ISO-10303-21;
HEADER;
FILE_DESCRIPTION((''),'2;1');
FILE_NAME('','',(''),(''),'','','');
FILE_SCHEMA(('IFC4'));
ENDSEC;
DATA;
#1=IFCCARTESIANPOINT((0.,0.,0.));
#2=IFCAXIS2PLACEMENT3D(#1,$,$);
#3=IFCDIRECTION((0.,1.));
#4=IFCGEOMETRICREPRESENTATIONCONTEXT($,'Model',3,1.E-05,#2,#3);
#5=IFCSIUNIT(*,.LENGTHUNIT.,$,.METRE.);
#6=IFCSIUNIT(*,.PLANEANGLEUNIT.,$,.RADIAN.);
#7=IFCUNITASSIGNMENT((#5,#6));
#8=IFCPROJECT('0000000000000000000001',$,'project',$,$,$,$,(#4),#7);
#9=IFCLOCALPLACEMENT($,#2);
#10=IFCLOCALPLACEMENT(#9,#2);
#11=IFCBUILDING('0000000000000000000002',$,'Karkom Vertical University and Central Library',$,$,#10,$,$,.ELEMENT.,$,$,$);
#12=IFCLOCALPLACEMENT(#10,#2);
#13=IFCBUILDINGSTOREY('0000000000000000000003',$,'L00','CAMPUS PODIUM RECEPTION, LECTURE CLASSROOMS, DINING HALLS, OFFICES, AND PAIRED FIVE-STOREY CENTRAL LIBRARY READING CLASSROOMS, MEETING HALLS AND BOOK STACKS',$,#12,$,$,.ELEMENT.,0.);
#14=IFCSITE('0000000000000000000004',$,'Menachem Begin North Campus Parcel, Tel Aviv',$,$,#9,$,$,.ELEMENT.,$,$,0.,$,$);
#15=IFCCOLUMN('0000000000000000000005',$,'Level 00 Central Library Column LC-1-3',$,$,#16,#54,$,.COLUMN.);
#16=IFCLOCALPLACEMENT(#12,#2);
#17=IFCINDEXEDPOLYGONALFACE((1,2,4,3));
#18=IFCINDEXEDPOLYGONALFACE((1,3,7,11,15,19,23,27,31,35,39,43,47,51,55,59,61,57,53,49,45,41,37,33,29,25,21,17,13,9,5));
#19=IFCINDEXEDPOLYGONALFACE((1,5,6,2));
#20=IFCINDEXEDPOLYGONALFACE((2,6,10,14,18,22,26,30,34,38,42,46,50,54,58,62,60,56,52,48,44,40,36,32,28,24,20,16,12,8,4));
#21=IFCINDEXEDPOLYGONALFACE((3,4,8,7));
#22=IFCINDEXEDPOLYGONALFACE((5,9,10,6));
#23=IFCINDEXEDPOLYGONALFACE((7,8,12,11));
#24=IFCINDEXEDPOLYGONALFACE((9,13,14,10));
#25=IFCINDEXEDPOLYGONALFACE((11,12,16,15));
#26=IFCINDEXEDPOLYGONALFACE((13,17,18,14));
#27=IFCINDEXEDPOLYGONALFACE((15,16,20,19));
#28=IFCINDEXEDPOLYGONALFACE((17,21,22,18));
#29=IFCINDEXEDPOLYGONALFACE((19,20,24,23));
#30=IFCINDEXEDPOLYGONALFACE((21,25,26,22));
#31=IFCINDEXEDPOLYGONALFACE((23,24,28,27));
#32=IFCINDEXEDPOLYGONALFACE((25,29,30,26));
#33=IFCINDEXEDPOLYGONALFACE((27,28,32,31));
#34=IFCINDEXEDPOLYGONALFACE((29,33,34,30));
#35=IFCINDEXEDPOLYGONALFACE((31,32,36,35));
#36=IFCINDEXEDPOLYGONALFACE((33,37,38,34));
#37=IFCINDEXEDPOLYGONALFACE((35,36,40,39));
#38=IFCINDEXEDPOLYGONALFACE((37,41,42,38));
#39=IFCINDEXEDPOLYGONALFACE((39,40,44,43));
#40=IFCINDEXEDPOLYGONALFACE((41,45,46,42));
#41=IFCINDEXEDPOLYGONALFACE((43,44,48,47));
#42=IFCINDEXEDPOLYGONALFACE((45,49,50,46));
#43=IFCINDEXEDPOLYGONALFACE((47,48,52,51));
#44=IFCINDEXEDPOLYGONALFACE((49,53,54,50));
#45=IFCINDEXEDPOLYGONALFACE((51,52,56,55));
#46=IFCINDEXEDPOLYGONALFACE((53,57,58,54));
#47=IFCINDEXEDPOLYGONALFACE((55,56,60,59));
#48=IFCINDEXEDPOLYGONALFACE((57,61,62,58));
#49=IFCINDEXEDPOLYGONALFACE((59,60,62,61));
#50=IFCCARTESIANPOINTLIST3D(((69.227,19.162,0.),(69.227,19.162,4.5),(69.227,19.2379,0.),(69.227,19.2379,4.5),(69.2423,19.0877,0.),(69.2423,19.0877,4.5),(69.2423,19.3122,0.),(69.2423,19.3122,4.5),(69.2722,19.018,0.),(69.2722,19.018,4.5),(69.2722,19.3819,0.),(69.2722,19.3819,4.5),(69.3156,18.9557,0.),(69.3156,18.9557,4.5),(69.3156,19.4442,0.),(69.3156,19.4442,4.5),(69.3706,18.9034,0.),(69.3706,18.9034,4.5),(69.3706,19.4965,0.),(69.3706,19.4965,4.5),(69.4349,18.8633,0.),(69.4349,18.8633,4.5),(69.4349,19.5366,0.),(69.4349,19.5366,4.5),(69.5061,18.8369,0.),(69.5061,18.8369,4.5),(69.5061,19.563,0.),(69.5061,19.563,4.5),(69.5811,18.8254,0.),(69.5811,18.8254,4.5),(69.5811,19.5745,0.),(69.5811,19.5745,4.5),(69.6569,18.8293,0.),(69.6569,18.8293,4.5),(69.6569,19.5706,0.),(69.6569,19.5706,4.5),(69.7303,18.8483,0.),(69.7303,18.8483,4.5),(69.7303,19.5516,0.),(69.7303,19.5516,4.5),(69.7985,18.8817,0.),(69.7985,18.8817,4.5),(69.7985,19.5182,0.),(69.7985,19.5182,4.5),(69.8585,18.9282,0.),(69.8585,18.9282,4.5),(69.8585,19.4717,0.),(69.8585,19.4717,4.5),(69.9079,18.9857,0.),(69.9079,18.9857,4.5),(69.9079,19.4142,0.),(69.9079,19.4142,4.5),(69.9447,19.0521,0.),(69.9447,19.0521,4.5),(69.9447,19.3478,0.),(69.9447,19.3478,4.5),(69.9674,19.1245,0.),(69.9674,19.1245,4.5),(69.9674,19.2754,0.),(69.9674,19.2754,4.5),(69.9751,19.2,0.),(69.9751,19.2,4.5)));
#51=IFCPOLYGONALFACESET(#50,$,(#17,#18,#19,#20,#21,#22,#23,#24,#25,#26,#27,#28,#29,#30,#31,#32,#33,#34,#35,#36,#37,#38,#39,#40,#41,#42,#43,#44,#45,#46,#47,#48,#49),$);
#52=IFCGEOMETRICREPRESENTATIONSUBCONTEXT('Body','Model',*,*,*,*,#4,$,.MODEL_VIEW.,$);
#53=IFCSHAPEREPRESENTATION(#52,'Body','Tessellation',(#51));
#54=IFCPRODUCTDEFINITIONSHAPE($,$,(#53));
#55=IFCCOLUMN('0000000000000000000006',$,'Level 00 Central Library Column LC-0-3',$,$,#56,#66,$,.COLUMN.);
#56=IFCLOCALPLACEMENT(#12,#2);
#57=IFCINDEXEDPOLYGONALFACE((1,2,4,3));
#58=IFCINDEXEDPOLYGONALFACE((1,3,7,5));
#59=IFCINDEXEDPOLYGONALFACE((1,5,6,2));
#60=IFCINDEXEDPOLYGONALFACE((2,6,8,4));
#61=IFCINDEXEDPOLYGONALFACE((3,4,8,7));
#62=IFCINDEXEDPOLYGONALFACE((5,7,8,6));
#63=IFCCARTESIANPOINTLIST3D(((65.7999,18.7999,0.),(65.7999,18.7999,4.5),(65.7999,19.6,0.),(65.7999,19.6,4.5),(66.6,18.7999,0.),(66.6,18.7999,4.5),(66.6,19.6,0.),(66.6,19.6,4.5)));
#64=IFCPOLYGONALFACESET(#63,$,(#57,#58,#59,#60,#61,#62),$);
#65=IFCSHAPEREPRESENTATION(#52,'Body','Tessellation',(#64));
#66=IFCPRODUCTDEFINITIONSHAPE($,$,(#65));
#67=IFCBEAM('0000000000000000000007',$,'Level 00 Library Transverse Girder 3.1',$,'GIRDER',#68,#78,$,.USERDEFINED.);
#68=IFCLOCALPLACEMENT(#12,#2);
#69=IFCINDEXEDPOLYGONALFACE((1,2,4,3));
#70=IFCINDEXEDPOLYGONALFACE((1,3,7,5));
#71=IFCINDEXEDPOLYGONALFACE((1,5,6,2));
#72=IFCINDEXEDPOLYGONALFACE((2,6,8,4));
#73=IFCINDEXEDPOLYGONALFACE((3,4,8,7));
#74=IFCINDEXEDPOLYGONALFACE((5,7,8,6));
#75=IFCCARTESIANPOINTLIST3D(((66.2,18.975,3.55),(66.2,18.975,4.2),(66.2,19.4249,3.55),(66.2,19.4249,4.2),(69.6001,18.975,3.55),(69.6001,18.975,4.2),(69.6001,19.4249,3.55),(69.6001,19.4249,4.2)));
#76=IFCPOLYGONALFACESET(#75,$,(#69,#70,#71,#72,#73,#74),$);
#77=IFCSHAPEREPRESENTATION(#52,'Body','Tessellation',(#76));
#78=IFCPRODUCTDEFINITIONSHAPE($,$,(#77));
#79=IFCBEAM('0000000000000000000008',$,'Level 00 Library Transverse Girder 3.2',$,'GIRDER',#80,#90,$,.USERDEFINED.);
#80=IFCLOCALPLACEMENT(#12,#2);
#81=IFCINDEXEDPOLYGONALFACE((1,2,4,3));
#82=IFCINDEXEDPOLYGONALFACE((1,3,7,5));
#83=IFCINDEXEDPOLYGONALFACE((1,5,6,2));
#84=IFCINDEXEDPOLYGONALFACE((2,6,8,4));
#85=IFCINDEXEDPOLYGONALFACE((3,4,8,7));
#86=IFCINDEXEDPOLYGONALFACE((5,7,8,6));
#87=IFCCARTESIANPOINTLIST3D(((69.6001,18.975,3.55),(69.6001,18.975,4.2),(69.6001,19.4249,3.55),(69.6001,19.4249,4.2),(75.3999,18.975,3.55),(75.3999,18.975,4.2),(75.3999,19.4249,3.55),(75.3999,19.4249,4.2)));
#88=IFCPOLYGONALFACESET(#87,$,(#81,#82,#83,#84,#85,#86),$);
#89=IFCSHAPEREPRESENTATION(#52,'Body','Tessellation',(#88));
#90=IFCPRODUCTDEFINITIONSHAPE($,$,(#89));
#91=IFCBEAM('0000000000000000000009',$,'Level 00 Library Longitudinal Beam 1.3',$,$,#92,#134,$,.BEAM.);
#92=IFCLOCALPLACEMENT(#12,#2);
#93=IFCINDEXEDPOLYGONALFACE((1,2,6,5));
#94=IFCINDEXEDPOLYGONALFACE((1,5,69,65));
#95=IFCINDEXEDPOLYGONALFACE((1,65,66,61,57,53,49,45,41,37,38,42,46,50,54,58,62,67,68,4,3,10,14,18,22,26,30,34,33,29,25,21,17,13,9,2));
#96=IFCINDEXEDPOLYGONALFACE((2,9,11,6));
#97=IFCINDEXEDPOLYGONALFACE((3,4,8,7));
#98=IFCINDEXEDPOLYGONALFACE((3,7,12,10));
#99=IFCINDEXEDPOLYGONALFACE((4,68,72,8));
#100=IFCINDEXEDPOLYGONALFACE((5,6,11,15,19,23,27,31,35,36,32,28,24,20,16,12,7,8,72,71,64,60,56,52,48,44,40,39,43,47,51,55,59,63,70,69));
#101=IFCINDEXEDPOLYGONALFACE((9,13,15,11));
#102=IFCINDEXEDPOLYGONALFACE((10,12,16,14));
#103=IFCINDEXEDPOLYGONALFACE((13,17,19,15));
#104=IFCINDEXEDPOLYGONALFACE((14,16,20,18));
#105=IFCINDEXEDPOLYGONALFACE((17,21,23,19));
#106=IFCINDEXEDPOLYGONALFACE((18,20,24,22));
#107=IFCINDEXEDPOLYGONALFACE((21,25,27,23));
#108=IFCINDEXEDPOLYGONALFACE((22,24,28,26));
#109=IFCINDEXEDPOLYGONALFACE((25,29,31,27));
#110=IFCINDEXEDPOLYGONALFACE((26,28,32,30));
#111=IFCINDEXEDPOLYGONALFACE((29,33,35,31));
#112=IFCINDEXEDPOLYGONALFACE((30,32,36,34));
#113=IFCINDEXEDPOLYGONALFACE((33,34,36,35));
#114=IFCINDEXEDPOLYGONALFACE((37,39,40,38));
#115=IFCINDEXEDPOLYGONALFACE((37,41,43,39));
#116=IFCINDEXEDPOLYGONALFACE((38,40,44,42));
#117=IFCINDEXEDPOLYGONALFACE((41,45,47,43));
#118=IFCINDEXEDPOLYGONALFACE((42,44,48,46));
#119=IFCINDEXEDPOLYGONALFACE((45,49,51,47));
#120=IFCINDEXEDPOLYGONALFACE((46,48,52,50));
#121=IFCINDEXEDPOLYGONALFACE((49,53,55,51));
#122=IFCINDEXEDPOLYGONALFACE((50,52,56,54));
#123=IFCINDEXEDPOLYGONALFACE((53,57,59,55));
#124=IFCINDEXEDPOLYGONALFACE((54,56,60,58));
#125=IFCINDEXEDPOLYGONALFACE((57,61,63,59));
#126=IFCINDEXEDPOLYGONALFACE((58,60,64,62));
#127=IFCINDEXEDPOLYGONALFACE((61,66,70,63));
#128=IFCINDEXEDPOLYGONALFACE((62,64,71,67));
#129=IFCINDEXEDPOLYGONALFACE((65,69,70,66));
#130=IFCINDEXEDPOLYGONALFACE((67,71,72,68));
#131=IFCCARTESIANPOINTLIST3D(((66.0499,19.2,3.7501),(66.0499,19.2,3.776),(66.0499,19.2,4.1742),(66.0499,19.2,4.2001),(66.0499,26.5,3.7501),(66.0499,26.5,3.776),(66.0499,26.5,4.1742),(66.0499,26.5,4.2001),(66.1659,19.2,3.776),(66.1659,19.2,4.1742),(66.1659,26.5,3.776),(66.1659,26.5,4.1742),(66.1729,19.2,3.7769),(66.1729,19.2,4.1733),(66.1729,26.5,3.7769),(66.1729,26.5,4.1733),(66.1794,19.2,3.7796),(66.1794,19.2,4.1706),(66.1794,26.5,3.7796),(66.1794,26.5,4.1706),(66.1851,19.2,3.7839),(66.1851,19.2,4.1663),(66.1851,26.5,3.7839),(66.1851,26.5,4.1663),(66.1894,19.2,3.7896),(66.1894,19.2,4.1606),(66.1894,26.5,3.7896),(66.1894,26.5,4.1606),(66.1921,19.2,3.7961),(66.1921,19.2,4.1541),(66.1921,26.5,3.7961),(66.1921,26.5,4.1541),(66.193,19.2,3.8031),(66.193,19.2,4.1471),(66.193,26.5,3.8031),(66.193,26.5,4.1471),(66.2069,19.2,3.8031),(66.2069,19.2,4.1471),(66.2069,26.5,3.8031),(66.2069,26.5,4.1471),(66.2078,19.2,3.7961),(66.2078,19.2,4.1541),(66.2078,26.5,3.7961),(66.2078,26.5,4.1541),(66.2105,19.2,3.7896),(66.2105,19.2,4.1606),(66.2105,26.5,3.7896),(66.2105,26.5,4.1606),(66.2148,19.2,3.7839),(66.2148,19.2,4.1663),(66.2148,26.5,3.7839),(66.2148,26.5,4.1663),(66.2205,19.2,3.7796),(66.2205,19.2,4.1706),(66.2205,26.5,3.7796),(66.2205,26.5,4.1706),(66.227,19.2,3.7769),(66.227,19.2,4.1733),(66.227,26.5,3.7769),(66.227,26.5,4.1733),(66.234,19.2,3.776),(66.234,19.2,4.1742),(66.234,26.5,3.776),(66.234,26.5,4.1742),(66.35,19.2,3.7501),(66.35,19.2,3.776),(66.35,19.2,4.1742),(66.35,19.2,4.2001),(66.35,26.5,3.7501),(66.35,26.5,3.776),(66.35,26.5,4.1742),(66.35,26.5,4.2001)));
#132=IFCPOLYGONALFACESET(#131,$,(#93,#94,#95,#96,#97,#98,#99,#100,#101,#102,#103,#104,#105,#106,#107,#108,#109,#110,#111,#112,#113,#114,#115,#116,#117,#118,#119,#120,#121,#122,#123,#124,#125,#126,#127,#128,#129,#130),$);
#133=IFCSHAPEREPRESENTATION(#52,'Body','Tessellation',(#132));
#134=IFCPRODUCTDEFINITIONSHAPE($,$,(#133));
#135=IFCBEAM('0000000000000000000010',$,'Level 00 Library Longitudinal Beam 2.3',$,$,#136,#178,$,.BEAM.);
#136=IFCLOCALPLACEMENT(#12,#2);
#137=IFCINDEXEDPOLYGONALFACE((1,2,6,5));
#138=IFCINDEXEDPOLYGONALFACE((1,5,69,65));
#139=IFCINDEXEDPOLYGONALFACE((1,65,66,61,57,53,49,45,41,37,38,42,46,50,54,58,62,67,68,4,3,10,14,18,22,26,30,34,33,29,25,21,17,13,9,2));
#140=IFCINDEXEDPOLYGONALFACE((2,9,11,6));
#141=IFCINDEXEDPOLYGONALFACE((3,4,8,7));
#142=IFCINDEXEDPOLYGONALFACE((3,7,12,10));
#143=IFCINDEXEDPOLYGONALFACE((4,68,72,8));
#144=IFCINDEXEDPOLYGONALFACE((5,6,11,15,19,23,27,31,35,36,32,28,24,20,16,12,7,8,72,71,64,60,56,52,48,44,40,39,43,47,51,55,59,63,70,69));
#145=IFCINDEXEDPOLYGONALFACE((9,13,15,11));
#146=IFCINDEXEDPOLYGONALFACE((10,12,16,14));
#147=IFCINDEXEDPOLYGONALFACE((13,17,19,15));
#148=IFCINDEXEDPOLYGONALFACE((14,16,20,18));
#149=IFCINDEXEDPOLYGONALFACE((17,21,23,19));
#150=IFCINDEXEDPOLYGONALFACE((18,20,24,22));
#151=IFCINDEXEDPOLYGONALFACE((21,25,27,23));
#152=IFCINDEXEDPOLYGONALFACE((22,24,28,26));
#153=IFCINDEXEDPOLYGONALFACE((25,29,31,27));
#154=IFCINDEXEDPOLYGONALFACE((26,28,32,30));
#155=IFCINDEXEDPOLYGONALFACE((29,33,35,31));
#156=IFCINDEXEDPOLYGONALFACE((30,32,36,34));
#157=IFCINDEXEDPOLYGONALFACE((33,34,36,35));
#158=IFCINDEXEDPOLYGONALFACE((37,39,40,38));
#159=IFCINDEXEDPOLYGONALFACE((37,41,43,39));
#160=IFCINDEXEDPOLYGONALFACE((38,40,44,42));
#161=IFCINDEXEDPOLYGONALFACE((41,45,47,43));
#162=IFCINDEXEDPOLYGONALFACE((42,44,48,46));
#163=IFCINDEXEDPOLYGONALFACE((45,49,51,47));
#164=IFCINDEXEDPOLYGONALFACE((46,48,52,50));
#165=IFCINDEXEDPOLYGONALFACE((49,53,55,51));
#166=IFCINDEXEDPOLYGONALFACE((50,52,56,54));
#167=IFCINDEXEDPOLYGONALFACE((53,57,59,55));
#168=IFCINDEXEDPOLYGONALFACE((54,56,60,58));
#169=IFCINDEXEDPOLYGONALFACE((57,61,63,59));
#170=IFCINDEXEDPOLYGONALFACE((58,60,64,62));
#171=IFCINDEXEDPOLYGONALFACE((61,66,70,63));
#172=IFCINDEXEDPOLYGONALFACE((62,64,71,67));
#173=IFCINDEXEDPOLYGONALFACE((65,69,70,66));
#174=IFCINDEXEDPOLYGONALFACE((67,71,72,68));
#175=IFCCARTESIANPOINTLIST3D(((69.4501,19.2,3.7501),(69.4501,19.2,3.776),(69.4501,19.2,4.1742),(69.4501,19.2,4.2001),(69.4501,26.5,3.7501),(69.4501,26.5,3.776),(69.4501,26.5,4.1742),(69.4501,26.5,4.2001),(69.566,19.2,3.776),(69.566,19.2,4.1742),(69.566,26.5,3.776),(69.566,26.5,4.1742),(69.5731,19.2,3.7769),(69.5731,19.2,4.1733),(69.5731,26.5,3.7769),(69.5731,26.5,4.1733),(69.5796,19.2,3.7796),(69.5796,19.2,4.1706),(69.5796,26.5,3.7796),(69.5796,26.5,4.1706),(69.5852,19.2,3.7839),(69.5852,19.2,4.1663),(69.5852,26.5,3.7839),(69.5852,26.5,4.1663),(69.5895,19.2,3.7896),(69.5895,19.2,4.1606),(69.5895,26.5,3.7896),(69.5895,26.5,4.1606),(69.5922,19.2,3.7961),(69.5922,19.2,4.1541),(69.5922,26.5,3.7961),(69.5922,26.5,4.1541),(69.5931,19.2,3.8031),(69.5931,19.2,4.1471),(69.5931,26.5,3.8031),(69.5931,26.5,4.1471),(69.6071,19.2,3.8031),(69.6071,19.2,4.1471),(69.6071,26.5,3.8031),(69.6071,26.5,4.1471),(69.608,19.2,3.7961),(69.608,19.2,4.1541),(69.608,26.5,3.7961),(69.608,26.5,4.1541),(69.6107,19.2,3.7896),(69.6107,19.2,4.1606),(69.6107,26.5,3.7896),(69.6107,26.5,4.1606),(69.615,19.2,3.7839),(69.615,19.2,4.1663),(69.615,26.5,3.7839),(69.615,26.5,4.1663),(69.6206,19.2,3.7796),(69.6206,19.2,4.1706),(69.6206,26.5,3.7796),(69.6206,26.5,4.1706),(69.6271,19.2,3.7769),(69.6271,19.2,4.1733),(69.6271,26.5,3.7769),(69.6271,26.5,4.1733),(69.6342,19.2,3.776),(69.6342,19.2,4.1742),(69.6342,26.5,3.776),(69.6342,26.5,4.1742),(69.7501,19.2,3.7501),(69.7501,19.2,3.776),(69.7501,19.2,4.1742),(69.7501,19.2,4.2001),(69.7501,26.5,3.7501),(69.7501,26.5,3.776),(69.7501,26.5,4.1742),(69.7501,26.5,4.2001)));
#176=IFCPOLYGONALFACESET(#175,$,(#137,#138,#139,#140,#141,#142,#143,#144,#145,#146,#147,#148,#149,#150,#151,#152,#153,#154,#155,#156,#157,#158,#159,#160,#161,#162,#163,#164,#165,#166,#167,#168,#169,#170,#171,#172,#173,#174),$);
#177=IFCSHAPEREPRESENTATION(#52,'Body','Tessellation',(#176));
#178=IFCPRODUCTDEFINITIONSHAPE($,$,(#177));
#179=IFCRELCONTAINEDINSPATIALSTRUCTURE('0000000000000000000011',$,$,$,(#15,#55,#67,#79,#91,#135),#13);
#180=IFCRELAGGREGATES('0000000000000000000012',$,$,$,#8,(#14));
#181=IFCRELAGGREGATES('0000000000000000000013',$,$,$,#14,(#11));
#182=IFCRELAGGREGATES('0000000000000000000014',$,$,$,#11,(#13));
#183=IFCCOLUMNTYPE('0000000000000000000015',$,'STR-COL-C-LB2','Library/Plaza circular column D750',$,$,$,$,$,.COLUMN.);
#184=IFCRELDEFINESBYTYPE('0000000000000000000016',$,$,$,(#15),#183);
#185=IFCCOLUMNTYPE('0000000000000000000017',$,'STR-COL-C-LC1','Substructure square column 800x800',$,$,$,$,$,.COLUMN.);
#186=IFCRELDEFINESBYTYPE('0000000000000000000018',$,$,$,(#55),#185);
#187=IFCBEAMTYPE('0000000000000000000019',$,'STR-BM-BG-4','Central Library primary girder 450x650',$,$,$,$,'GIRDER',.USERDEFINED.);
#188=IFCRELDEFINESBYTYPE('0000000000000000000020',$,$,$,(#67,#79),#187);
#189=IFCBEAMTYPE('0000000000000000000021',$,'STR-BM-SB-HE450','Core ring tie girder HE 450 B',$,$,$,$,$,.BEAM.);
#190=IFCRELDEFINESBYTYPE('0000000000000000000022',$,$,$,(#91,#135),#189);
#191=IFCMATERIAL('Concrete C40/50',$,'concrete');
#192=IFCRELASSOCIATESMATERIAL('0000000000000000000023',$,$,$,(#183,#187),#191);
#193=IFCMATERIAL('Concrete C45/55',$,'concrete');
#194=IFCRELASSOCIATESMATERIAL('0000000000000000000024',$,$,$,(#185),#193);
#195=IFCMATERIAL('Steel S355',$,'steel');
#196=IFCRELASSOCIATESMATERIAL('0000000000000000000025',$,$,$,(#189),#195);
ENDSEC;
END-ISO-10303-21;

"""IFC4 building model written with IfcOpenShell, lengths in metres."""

from ifc_helpers import new_model, si_unit, direction, frame, origin, origin_with_axes, origin_2d, place, context, subcontext, project, spatial, rectangle, circle, i_section, extrude, source, transform, mapped, material, material_profile, profile_set, type_object, element, save


model = new_model("IFC4")

# Units and contexts
model_context = context("Model", 3, precision=1e-05, world=origin(), true_north=direction((0.0, 1.0)))
body_context = subcontext(model_context, "Body", "Model", "MODEL_VIEW")
ifc_project = project(units=[si_unit("LENGTHUNIT", "METRE"), si_unit("PLANEANGLEUNIT", "RADIAN")], contexts=[model_context])

# Site, building, storey
site_placement = place(None, origin())
site = spatial("IfcSite", under=ifc_project, at=site_placement, Name="Menachem Begin North Campus Parcel, Tel Aviv", CompositionType="ELEMENT", RefElevation=0.0)
building_placement = place(site_placement, origin())
building = spatial("IfcBuilding", under=site, at=building_placement, Name="Karkom Vertical University and Central Library", CompositionType="ELEMENT")
storey_placement = place(building_placement, origin())
storey = spatial("IfcBuildingStorey", under=building, at=storey_placement, Name="L00", Description="CAMPUS PODIUM RECEPTION, LECTURE CLASSROOMS, DINING HALLS, OFFICES, AND PAIRED FIVE-STOREY CENTRAL LIBRARY READING CLASSROOMS, MEETING HALLS AND BOOK STACKS", CompositionType="ELEMENT", Elevation=0.0)

# Columns
ifc_material_1 = material(Name="Concrete C40/50", Category="concrete")
ifc_material_profile_1 = material_profile(ifc_material_1, circle(Radius=0.375, at=origin_2d()), Name="RC-D750")
ifc_profile_set_1 = profile_set([ifc_material_profile_1], Name="Concrete C40/50")
column_type_1 = type_object("IfcColumnType", Name="STR-COL-C-LB2", Description="Library/Plaza circular column D750", PredefinedType="COLUMN", material=ifc_profile_set_1)
shared_shape_1 = source(origin_with_axes(), body_context, "Body", "SweptSolid", [
    extrude(circle(Radius=0.375, at=origin_2d()), origin(), (0.0, 0.0, 1.0), 4.5),
])
column_1_placement = place(storey_placement, frame((69.6001, 19.2, 0.0), z_axis=(0.0, 0.0, 1.0), x_axis=(1.0, 0.0, 0.0)))
element("IfcColumn", 1, at=column_1_placement, inside=storey, type_object=column_type_1, Name="Level 00 Central Library Column LC-1-3", PredefinedType="COLUMN", context=body_context, shape_type="MappedRepresentation", body=[
    mapped(shared_shape_1, transform((0.0, 0.0, 0.0), scale=1.0)),
])
ifc_material_2 = material(Name="Concrete C45/55", Category="concrete")
ifc_material_profile_2 = material_profile(ifc_material_2, rectangle(XDim=0.8, YDim=0.8, at=origin_2d()), Name="RC-800x800")
ifc_profile_set_2 = profile_set([ifc_material_profile_2], Name="Concrete C45/55")
column_type_2 = type_object("IfcColumnType", Name="STR-COL-C-LC1", Description="Substructure square column 800x800", PredefinedType="COLUMN", material=ifc_profile_set_2)
shared_shape_2 = source(origin_with_axes(), body_context, "Body", "SweptSolid", [
    extrude(rectangle(XDim=0.8, YDim=0.8, at=origin_2d()), origin(), (0.0, 0.0, 1.0), 4.5),
])
column_2_placement = place(storey_placement, frame((66.2, 19.2, 0.0), z_axis=(0.0, 0.0, 1.0), x_axis=(1.0, 0.0, 0.0)))
element("IfcColumn", 2, at=column_2_placement, inside=storey, type_object=column_type_2, Name="Level 00 Central Library Column LC-0-3", PredefinedType="COLUMN", context=body_context, shape_type="MappedRepresentation", body=[
    mapped(shared_shape_2, transform((0.0, 0.0, 0.0), scale=1.0)),
])

# Beams
ifc_material_profile_3 = material_profile(ifc_material_1, rectangle(XDim=0.45, YDim=0.6499, at=origin_2d()), Name="RCB-450x650")
ifc_profile_set_3 = profile_set([ifc_material_profile_3], Name="Concrete C40/50")
beam_type_1 = type_object("IfcBeamType", Name="STR-BM-BG-4", Description="Central Library primary girder 450x650", ElementType="GIRDER", PredefinedType="USERDEFINED", material=ifc_profile_set_3)
shared_shape_3 = source(origin_with_axes(), body_context, "Body", "SweptSolid", [
    extrude(rectangle(XDim=0.45, YDim=0.6499, at=origin_2d()), origin(), (0.0, 0.0, 1.0), 3.4001),
])
beam_1_placement = place(storey_placement, frame((66.2, 19.2, 3.875), z_axis=(1.0, 0.0, 0.0), x_axis=(0.0, 1.0, 0.0)))
element("IfcBeam", 3, at=beam_1_placement, inside=storey, type_object=beam_type_1, Name="Level 00 Library Transverse Girder 3.1", ObjectType="GIRDER", PredefinedType="USERDEFINED", context=body_context, shape_type="MappedRepresentation", body=[
    mapped(shared_shape_3, transform((0.0, 0.0, 0.0), scale=1.0)),
])
shared_shape_4 = source(origin_with_axes(), body_context, "Body", "SweptSolid", [
    extrude(rectangle(XDim=0.45, YDim=0.6499, at=origin_2d()), origin(), (0.0, 0.0, 1.0), 5.7998),
])
beam_2_placement = place(storey_placement, frame((69.6001, 19.2, 3.875), z_axis=(1.0, 0.0, 0.0), x_axis=(0.0, 1.0, 0.0)))
element("IfcBeam", 4, at=beam_2_placement, inside=storey, type_object=beam_type_1, Name="Level 00 Library Transverse Girder 3.2", ObjectType="GIRDER", PredefinedType="USERDEFINED", context=body_context, shape_type="MappedRepresentation", body=[
    mapped(shared_shape_4, transform((0.0, 0.0, 0.0), scale=1.0)),
])
ifc_material_3 = material(Name="Steel S355", Category="steel")
ifc_material_profile_4 = material_profile(ifc_material_3, i_section(OverallWidth=0.3, OverallDepth=0.45, WebThickness=0.0139, FlangeThickness=0.0259, FilletRadius=0.0271, at=origin_2d()), Name="HE 450 B")
ifc_profile_set_4 = profile_set([ifc_material_profile_4], Name="Steel S355")
beam_type_2 = type_object("IfcBeamType", Name="STR-BM-SB-HE450", Description="Core ring tie girder HE 450 B", PredefinedType="BEAM", material=ifc_profile_set_4)
shared_shape_5 = source(origin_with_axes(), body_context, "Body", "SweptSolid", [
    extrude(i_section(OverallWidth=0.3, OverallDepth=0.45, WebThickness=0.0139, FlangeThickness=0.0259, FilletRadius=0.0271, at=origin_2d()), origin(), (0.0, 0.0, 1.0), 7.3),
])
for number, where, z_axis, x_axis, name in (
    (5, (66.2, 19.2, 3.9751), (0.0, 1.0, 0.0), (-1.0, 0.0, 0.0), "Level 00 Library Longitudinal Beam 1.3"),
    (6, (69.6001, 19.2, 3.9751), (0.0, 1.0, 0.0), (-1.0, 0.0, 0.0), "Level 00 Library Longitudinal Beam 2.3"),
):
    element("IfcBeam", number, at=place(storey_placement, frame(where, z_axis=z_axis, x_axis=x_axis)), inside=storey, type_object=beam_type_2, Name=name, PredefinedType="BEAM", context=body_context, shape_type="MappedRepresentation", body=[
        mapped(shared_shape_5, transform((0.0, 0.0, 0.0), scale=1.0)),
    ])

save(model, "model.ifc")
